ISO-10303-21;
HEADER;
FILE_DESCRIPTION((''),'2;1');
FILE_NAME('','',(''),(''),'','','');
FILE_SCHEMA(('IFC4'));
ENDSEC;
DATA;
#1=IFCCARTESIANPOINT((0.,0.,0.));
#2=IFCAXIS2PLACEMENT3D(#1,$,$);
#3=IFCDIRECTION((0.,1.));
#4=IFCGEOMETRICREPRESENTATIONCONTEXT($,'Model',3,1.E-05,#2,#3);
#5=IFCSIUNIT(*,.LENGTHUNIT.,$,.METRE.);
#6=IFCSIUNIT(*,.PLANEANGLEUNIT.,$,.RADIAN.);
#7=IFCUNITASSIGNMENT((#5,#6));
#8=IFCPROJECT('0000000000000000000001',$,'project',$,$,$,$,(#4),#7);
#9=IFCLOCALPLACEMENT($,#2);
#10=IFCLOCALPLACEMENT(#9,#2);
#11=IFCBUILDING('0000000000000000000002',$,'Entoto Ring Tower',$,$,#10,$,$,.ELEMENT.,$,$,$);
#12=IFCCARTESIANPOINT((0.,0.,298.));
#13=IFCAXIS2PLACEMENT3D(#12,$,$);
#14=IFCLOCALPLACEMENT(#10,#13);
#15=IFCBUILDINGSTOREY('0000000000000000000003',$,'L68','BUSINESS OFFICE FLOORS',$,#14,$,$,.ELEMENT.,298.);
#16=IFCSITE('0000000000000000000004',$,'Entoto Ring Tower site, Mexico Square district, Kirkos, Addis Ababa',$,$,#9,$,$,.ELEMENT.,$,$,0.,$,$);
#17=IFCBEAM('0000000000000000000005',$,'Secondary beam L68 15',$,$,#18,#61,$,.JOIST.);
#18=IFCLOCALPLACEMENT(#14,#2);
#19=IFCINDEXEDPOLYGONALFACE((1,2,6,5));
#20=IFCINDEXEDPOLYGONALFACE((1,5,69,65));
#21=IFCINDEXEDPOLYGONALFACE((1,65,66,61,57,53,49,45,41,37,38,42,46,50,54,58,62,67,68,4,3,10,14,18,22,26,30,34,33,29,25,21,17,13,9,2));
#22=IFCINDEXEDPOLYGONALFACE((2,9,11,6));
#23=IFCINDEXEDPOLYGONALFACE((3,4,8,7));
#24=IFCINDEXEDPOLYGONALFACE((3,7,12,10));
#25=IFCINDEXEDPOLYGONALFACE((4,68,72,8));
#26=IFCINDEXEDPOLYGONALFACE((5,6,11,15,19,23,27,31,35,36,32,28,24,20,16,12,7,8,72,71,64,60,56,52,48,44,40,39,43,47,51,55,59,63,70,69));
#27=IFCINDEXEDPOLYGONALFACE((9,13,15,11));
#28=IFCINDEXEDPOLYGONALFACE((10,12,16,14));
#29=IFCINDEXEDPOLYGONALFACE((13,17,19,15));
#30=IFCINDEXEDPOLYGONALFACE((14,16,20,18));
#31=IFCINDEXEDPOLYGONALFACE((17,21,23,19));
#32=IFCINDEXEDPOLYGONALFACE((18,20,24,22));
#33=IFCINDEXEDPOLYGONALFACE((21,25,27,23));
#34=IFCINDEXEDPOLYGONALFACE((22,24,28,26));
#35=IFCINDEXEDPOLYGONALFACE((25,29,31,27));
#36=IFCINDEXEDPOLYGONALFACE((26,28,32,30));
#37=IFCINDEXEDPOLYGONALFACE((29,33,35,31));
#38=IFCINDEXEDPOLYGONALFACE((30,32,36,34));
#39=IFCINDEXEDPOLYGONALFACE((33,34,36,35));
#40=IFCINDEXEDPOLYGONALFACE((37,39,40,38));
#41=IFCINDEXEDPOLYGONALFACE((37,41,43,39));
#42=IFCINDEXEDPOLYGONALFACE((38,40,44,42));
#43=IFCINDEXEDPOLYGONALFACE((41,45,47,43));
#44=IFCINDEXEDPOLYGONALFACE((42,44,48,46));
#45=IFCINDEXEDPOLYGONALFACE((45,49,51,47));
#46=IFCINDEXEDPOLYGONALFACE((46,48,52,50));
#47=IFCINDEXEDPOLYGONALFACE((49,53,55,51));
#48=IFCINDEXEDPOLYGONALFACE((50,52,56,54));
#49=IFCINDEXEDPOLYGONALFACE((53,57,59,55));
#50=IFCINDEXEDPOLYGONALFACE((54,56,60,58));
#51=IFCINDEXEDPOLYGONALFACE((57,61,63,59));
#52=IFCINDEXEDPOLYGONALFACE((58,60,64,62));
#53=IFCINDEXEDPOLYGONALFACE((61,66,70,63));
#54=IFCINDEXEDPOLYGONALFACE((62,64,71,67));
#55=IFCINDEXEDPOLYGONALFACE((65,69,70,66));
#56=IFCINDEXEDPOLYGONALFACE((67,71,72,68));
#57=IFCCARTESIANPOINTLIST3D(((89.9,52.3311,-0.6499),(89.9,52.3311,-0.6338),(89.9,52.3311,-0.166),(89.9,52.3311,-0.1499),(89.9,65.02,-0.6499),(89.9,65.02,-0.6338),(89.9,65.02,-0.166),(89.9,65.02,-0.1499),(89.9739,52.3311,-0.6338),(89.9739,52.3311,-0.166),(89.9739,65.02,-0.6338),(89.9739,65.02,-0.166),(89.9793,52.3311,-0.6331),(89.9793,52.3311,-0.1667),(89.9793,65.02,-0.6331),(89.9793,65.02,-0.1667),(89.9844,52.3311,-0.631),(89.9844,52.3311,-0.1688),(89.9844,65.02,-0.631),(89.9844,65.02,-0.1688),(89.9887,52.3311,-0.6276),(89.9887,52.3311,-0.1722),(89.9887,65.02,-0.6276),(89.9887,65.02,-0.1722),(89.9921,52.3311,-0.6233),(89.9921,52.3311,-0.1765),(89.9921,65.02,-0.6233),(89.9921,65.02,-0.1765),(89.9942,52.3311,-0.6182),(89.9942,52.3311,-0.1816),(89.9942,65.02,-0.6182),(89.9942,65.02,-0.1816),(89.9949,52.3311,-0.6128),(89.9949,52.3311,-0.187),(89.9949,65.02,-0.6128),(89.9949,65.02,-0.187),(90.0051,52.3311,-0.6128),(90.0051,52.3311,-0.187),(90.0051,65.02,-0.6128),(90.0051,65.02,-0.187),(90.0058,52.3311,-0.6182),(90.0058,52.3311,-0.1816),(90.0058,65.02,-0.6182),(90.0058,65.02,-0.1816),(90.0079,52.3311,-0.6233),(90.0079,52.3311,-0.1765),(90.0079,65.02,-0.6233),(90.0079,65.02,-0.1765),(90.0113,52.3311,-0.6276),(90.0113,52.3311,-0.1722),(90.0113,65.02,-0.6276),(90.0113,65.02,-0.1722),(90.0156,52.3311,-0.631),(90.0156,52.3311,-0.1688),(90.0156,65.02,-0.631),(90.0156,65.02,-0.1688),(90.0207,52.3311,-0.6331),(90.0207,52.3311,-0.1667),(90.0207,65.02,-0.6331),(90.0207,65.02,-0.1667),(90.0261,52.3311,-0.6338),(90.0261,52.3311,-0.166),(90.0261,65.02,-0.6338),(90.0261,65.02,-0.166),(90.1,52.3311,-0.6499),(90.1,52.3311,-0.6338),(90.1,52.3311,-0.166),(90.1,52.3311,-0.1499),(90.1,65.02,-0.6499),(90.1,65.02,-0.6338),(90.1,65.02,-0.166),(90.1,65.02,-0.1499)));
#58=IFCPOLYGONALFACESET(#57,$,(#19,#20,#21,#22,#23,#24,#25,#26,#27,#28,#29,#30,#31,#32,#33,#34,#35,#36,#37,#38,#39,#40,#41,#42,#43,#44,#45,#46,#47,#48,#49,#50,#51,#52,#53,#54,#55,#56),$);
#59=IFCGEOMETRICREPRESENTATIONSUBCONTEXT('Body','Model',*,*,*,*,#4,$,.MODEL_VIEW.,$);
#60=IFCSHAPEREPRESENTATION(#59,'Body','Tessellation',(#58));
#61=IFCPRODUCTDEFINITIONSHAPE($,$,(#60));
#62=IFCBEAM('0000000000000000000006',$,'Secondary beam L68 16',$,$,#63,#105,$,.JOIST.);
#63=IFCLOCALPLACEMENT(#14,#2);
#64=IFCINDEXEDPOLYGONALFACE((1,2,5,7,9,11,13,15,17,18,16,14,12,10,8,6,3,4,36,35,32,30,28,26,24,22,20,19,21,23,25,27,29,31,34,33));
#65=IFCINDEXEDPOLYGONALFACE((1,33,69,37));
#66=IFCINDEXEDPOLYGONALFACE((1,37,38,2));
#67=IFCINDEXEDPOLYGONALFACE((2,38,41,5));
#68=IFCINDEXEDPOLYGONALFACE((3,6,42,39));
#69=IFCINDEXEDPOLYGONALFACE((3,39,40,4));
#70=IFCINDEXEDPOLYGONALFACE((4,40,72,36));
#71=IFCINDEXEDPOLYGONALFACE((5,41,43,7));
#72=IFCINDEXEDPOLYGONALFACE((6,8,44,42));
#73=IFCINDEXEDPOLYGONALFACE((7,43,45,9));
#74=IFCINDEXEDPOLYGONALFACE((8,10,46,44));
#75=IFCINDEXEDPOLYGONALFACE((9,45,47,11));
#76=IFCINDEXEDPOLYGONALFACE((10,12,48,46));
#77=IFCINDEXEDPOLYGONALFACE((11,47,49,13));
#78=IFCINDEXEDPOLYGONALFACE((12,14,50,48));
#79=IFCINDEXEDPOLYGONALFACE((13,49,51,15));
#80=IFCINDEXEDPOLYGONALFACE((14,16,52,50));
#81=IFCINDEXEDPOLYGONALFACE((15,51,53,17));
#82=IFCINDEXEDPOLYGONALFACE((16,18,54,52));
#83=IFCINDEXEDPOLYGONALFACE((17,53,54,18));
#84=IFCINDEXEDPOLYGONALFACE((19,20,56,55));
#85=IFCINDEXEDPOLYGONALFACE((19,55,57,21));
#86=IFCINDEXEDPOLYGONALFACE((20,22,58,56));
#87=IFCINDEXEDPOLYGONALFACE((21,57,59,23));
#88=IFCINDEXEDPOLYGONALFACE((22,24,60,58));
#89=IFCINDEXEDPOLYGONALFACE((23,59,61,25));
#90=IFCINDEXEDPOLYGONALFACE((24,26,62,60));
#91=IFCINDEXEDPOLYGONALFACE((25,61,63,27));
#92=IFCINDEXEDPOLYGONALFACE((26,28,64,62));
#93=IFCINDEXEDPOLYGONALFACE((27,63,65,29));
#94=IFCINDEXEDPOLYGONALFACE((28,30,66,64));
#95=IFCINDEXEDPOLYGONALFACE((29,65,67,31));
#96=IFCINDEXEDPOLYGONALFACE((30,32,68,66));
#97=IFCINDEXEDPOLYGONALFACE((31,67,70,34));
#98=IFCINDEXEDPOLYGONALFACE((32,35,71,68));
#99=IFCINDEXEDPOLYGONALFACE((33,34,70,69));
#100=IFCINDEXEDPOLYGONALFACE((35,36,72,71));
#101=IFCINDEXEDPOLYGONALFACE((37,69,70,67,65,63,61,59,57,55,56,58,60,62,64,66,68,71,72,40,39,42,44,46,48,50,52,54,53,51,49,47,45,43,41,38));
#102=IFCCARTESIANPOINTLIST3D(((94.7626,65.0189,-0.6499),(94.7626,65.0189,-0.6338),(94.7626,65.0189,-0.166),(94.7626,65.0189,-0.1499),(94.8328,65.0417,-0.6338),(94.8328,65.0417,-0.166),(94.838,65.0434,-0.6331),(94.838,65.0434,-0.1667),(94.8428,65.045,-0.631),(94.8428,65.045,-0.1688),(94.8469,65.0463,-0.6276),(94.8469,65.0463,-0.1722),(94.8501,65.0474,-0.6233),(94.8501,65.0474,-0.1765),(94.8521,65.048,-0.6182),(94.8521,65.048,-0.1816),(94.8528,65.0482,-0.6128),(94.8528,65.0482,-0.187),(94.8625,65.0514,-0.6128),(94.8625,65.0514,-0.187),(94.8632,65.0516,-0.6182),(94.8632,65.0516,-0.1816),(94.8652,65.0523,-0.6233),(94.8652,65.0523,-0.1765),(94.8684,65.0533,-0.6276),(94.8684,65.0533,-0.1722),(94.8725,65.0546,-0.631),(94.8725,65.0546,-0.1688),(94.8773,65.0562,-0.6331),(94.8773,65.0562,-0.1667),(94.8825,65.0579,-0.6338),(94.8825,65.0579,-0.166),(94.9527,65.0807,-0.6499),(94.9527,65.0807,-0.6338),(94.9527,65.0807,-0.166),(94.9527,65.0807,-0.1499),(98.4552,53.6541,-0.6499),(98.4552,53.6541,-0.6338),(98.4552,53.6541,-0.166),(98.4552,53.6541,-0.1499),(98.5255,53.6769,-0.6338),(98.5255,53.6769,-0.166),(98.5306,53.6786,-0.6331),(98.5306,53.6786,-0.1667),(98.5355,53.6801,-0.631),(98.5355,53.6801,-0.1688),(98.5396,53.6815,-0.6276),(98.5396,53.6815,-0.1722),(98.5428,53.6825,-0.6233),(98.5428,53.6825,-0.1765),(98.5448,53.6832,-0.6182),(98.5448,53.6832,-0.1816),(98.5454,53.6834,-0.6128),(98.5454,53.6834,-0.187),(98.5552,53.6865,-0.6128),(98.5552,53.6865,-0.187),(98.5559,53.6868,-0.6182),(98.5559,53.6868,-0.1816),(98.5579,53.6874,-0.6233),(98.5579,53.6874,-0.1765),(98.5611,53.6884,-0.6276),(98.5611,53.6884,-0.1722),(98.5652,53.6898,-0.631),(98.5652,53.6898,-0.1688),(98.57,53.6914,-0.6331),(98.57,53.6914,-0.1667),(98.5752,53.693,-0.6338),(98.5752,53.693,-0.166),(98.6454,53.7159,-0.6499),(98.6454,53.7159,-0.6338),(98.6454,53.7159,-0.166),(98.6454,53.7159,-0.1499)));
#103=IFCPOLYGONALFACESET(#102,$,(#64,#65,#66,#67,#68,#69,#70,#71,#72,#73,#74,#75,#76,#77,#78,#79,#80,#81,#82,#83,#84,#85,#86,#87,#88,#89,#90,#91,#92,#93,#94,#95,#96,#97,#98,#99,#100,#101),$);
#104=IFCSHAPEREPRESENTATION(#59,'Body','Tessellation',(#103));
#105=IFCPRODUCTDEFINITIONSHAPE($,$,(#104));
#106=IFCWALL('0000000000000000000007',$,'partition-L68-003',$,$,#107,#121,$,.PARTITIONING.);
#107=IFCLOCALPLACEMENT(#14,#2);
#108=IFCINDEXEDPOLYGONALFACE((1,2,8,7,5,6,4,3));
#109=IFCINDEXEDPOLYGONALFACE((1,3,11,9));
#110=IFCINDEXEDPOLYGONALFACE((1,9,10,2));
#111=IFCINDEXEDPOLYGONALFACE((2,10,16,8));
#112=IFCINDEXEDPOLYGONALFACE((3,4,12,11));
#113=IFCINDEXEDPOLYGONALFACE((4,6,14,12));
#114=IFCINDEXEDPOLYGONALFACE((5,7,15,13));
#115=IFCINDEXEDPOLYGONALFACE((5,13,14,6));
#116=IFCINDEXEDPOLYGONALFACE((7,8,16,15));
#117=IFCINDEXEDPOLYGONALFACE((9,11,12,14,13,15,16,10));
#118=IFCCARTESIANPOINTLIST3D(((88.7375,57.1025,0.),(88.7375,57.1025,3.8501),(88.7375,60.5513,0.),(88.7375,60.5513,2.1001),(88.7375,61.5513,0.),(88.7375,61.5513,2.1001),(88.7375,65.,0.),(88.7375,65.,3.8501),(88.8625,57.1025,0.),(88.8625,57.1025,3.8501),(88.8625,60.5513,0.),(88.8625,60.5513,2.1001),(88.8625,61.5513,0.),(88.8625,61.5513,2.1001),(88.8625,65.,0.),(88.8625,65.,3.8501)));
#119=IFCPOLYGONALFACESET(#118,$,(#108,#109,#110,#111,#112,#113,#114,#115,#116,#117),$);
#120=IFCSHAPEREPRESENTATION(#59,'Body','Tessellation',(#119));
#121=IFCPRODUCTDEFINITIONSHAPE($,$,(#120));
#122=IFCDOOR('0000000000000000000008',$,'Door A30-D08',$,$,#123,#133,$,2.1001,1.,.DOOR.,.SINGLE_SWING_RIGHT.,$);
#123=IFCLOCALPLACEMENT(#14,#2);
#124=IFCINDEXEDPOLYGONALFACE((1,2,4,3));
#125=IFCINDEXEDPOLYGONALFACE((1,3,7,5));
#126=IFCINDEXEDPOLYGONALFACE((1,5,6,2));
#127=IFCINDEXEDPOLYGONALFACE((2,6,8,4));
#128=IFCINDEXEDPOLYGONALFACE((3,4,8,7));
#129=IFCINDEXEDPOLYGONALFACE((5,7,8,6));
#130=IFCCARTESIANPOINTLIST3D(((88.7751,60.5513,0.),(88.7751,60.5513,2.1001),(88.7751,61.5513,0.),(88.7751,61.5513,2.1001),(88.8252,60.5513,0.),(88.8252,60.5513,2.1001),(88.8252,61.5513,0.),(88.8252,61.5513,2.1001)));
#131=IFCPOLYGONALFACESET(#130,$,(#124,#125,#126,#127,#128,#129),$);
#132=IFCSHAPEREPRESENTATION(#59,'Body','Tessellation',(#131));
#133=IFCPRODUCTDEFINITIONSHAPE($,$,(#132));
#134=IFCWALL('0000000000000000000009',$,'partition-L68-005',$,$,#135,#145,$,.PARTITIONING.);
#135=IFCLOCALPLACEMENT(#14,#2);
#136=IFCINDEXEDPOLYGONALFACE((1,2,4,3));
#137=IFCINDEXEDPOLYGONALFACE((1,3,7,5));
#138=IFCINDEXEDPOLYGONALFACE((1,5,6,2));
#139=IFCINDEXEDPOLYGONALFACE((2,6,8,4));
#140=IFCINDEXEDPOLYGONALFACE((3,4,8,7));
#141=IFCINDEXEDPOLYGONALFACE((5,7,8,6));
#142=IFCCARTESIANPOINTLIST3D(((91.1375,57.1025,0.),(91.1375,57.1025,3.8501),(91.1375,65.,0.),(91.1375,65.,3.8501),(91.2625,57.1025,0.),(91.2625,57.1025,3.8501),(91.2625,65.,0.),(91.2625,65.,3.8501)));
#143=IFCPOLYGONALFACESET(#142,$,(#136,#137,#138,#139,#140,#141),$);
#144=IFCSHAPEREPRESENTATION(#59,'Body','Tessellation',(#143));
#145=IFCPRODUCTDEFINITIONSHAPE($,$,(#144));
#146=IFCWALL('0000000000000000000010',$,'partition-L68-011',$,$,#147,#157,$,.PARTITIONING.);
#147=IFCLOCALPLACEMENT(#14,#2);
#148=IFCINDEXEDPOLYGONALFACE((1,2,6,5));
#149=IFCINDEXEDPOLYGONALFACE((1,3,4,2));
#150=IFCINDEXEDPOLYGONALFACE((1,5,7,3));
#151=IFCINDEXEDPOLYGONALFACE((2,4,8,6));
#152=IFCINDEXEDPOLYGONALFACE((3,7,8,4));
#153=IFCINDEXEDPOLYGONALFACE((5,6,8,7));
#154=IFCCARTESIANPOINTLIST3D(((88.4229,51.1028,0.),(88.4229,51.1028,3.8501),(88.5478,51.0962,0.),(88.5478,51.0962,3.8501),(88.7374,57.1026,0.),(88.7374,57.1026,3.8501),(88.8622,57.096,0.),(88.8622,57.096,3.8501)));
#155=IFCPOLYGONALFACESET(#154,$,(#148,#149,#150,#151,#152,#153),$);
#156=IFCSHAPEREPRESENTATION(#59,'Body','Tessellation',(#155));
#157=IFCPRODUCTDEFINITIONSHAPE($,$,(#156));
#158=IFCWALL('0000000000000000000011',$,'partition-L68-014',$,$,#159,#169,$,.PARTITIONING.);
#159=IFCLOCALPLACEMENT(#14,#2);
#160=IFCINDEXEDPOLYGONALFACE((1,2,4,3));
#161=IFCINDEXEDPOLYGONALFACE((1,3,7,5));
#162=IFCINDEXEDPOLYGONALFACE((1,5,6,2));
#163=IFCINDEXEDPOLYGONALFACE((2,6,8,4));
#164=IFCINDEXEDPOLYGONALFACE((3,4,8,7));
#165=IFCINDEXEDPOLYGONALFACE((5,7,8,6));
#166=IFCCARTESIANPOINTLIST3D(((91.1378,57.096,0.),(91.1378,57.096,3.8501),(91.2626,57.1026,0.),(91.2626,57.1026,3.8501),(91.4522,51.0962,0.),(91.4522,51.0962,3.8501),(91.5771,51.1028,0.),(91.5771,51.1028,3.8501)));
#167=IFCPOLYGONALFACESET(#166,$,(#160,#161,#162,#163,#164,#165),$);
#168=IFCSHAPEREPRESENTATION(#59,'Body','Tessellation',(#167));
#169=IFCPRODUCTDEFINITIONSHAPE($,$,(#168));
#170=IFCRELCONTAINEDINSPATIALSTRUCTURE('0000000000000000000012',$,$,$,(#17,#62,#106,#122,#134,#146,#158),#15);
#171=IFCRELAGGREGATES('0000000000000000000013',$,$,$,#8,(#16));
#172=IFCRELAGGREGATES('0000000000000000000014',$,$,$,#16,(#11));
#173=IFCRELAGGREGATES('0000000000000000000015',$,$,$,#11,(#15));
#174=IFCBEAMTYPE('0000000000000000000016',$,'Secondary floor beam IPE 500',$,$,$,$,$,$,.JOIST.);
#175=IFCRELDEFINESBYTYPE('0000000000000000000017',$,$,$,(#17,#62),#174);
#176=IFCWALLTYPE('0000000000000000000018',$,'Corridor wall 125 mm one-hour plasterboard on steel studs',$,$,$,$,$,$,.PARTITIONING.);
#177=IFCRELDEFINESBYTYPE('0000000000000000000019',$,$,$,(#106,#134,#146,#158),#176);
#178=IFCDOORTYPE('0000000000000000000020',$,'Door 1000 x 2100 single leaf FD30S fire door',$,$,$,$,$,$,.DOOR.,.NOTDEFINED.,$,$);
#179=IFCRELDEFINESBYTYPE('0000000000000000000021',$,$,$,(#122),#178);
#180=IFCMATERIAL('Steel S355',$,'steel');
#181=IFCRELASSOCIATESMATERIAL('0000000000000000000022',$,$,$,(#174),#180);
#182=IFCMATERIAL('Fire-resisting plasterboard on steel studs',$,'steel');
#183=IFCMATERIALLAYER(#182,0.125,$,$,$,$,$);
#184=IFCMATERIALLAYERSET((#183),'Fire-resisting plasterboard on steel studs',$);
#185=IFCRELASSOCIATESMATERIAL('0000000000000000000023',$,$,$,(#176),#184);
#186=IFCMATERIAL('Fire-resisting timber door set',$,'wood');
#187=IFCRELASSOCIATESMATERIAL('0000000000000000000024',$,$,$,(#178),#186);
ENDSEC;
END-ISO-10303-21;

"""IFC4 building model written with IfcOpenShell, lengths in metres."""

from ifc_helpers import new_model, si_unit, direction, frame, frame_2d, origin, origin_2d, place, context, subcontext, project, spatial, rectangle, i_section, extrude, material, layer, layer_set, material_profile, profile_set, type_object, element, fill, save


model = new_model("IFC4")

# Units and contexts
model_context = context("Model", 3, precision=1e-05, world=origin(), true_north=direction((0.0, 1.0)))
body_context = subcontext(model_context, "Body", "Model", "MODEL_VIEW")
ifc_project = project(units=[si_unit("LENGTHUNIT", "METRE"), si_unit("PLANEANGLEUNIT", "RADIAN")], contexts=[model_context])

# Site, building, storey
site_placement = place(None, origin())
site = spatial("IfcSite", under=ifc_project, at=site_placement, Name="Entoto Ring Tower site, Mexico Square district, Kirkos, Addis Ababa", CompositionType="ELEMENT", RefElevation=0.0)
building_placement = place(site_placement, origin())
building = spatial("IfcBuilding", under=site, at=building_placement, Name="Entoto Ring Tower", CompositionType="ELEMENT")
storey_placement = place(building_placement, frame((0.0, 0.0, 298.0)))
storey = spatial("IfcBuildingStorey", under=building, at=storey_placement, Name="L68", Description="BUSINESS OFFICE FLOORS", CompositionType="ELEMENT", Elevation=298.0)

# Beams
ifc_material_1 = material(Name="Steel S355", Category="steel")
ifc_material_profile_1 = material_profile(ifc_material_1, i_section(OverallWidth=0.2, OverallDepth=0.5, WebThickness=0.0103, FlangeThickness=0.0161, FilletRadius=0.021, at=origin_2d()), Name="IPE 500")
ifc_profile_set_1 = profile_set([ifc_material_profile_1], Name="Steel S355")
beam_type_1 = type_object("IfcBeamType", Name="Secondary floor beam IPE 500", PredefinedType="JOIST", material=ifc_profile_set_1)
beam_1_placement = place(storey_placement, frame((90.0, 65.02, -0.3999), z_axis=(0.0, -1.0, 0.0), x_axis=(1.0, 0.0, 0.0)))
element("IfcBeam", 1, at=beam_1_placement, inside=storey, type_object=beam_type_1, Name="Secondary beam L68 15", PredefinedType="JOIST", context=body_context, shape_type="SweptSolid", body=[
    extrude(i_section(OverallWidth=0.2, OverallDepth=0.5, WebThickness=0.0103, FlangeThickness=0.0161, FilletRadius=0.021, at=origin_2d()), origin(), (0.0, 0.0, 1.0), 12.689),
])
beam_2_placement = place(storey_placement, frame((94.8577, 65.0498, -0.3999), z_axis=(0.309017, -0.951057, 0.0), x_axis=(0.951057, 0.309017, 0.0)))
element("IfcBeam", 2, at=beam_2_placement, inside=storey, type_object=beam_type_1, Name="Secondary beam L68 16", PredefinedType="JOIST", context=body_context, shape_type="SweptSolid", body=[
    extrude(i_section(OverallWidth=0.2, OverallDepth=0.5, WebThickness=0.0103, FlangeThickness=0.0161, FilletRadius=0.021, at=origin_2d()), origin(), (0.0, 0.0, 1.0), 11.9497),
])

# Wall, opening, door
ifc_material_2 = material(Name="Fire-resisting plasterboard on steel studs", Category="steel")
ifc_layer = layer(ifc_material_2, 0.125)
ifc_layer_set = layer_set([ifc_layer], Name="Fire-resisting plasterboard on steel studs")
wall_type = type_object("IfcWallType", Name="Corridor wall 125 mm one-hour plasterboard on steel studs", PredefinedType="PARTITIONING", material=ifc_layer_set)
wall_1_placement = place(storey_placement, frame((88.8, 57.1025, 0.0), z_axis=(0.0, 0.0, 1.0), x_axis=(0.0, 1.0, 0.0)))
wall_1 = element("IfcWall", 3, at=wall_1_placement, inside=storey, type_object=wall_type, Name="partition-L68-003", PredefinedType="PARTITIONING", context=body_context, shape_type="SweptSolid", body=[
    extrude(rectangle(XDim=7.8975, YDim=0.125, at=frame_2d((3.9487, 0.0))), origin(), (0.0, 0.0, 1.0), 3.8501),
])
opening_placement = place(wall_1_placement, frame((3.4487, 0.0, 0.0)))
opening = element("IfcOpeningElement", 4, at=opening_placement, cuts=wall_1, PredefinedType="OPENING", context=body_context, shape_type="SweptSolid", body=[
    extrude(rectangle(XDim=1.0, YDim=2.1001, at=frame_2d((0.5, 1.05))), frame((0.0, 0.0725, 0.0), z_axis=(0.0, -1.0, 0.0), x_axis=(1.0, 0.0, 0.0)), (0.0, 0.0, 1.0), 0.145),
])
ifc_material_3 = material(Name="Fire-resisting timber door set", Category="wood")
door_type = type_object("IfcDoorType", Name="Door 1000 x 2100 single leaf FD30S fire door", OperationType="NOTDEFINED", PredefinedType="DOOR", material=ifc_material_3)
door_placement = place(opening_placement, origin())
door = element("IfcDoor", 5, at=door_placement, inside=storey, type_object=door_type, Name="Door A30-D08", OperationType="SINGLE_SWING_RIGHT", OverallHeight=2.1001, OverallWidth=1.0, PredefinedType="DOOR", context=body_context, shape_type="SweptSolid", body=[
    extrude(rectangle(XDim=1.0, YDim=2.1001, at=frame_2d((0.5, 1.05))), frame((0.0, 0.0249, 0.0), z_axis=(0.0, -1.0, 0.0), x_axis=(1.0, 0.0, 0.0)), (0.0, 0.0, 1.0), 0.05),
])
fill(opening, door)

# Walls
wall_2_placement = place(storey_placement, frame((91.2, 57.1025, 0.0), z_axis=(0.0, 0.0, 1.0), x_axis=(0.0, 1.0, 0.0)))
element("IfcWall", 6, at=wall_2_placement, inside=storey, type_object=wall_type, Name="partition-L68-005", PredefinedType="PARTITIONING", context=body_context, shape_type="SweptSolid", body=[
    extrude(rectangle(XDim=7.8975, YDim=0.125, at=frame_2d((3.9487, 0.0))), origin(), (0.0, 0.0, 1.0), 3.8501),
])
for number, where, z_axis, x_axis, name in (
    (7, (88.4854, 51.0996, 0.0), (0.0, 0.0, 1.0), (0.052339, 0.998629, 0.0), "partition-L68-011"),
    (8, (91.5146, 51.0996, 0.0), (0.0, 0.0, 1.0), (-0.052339, 0.998629, 0.0), "partition-L68-014"),
):
    element("IfcWall", number, at=place(storey_placement, frame(where, z_axis=z_axis, x_axis=x_axis)), inside=storey, type_object=wall_type, Name=name, PredefinedType="PARTITIONING", context=body_context, shape_type="SweptSolid", body=[
        extrude(rectangle(XDim=6.0081, YDim=0.125, at=frame_2d((3.0039, 0.0))), origin(), (0.0, 0.0, 1.0), 3.8501),
    ])

save(model, "model.ifc")
